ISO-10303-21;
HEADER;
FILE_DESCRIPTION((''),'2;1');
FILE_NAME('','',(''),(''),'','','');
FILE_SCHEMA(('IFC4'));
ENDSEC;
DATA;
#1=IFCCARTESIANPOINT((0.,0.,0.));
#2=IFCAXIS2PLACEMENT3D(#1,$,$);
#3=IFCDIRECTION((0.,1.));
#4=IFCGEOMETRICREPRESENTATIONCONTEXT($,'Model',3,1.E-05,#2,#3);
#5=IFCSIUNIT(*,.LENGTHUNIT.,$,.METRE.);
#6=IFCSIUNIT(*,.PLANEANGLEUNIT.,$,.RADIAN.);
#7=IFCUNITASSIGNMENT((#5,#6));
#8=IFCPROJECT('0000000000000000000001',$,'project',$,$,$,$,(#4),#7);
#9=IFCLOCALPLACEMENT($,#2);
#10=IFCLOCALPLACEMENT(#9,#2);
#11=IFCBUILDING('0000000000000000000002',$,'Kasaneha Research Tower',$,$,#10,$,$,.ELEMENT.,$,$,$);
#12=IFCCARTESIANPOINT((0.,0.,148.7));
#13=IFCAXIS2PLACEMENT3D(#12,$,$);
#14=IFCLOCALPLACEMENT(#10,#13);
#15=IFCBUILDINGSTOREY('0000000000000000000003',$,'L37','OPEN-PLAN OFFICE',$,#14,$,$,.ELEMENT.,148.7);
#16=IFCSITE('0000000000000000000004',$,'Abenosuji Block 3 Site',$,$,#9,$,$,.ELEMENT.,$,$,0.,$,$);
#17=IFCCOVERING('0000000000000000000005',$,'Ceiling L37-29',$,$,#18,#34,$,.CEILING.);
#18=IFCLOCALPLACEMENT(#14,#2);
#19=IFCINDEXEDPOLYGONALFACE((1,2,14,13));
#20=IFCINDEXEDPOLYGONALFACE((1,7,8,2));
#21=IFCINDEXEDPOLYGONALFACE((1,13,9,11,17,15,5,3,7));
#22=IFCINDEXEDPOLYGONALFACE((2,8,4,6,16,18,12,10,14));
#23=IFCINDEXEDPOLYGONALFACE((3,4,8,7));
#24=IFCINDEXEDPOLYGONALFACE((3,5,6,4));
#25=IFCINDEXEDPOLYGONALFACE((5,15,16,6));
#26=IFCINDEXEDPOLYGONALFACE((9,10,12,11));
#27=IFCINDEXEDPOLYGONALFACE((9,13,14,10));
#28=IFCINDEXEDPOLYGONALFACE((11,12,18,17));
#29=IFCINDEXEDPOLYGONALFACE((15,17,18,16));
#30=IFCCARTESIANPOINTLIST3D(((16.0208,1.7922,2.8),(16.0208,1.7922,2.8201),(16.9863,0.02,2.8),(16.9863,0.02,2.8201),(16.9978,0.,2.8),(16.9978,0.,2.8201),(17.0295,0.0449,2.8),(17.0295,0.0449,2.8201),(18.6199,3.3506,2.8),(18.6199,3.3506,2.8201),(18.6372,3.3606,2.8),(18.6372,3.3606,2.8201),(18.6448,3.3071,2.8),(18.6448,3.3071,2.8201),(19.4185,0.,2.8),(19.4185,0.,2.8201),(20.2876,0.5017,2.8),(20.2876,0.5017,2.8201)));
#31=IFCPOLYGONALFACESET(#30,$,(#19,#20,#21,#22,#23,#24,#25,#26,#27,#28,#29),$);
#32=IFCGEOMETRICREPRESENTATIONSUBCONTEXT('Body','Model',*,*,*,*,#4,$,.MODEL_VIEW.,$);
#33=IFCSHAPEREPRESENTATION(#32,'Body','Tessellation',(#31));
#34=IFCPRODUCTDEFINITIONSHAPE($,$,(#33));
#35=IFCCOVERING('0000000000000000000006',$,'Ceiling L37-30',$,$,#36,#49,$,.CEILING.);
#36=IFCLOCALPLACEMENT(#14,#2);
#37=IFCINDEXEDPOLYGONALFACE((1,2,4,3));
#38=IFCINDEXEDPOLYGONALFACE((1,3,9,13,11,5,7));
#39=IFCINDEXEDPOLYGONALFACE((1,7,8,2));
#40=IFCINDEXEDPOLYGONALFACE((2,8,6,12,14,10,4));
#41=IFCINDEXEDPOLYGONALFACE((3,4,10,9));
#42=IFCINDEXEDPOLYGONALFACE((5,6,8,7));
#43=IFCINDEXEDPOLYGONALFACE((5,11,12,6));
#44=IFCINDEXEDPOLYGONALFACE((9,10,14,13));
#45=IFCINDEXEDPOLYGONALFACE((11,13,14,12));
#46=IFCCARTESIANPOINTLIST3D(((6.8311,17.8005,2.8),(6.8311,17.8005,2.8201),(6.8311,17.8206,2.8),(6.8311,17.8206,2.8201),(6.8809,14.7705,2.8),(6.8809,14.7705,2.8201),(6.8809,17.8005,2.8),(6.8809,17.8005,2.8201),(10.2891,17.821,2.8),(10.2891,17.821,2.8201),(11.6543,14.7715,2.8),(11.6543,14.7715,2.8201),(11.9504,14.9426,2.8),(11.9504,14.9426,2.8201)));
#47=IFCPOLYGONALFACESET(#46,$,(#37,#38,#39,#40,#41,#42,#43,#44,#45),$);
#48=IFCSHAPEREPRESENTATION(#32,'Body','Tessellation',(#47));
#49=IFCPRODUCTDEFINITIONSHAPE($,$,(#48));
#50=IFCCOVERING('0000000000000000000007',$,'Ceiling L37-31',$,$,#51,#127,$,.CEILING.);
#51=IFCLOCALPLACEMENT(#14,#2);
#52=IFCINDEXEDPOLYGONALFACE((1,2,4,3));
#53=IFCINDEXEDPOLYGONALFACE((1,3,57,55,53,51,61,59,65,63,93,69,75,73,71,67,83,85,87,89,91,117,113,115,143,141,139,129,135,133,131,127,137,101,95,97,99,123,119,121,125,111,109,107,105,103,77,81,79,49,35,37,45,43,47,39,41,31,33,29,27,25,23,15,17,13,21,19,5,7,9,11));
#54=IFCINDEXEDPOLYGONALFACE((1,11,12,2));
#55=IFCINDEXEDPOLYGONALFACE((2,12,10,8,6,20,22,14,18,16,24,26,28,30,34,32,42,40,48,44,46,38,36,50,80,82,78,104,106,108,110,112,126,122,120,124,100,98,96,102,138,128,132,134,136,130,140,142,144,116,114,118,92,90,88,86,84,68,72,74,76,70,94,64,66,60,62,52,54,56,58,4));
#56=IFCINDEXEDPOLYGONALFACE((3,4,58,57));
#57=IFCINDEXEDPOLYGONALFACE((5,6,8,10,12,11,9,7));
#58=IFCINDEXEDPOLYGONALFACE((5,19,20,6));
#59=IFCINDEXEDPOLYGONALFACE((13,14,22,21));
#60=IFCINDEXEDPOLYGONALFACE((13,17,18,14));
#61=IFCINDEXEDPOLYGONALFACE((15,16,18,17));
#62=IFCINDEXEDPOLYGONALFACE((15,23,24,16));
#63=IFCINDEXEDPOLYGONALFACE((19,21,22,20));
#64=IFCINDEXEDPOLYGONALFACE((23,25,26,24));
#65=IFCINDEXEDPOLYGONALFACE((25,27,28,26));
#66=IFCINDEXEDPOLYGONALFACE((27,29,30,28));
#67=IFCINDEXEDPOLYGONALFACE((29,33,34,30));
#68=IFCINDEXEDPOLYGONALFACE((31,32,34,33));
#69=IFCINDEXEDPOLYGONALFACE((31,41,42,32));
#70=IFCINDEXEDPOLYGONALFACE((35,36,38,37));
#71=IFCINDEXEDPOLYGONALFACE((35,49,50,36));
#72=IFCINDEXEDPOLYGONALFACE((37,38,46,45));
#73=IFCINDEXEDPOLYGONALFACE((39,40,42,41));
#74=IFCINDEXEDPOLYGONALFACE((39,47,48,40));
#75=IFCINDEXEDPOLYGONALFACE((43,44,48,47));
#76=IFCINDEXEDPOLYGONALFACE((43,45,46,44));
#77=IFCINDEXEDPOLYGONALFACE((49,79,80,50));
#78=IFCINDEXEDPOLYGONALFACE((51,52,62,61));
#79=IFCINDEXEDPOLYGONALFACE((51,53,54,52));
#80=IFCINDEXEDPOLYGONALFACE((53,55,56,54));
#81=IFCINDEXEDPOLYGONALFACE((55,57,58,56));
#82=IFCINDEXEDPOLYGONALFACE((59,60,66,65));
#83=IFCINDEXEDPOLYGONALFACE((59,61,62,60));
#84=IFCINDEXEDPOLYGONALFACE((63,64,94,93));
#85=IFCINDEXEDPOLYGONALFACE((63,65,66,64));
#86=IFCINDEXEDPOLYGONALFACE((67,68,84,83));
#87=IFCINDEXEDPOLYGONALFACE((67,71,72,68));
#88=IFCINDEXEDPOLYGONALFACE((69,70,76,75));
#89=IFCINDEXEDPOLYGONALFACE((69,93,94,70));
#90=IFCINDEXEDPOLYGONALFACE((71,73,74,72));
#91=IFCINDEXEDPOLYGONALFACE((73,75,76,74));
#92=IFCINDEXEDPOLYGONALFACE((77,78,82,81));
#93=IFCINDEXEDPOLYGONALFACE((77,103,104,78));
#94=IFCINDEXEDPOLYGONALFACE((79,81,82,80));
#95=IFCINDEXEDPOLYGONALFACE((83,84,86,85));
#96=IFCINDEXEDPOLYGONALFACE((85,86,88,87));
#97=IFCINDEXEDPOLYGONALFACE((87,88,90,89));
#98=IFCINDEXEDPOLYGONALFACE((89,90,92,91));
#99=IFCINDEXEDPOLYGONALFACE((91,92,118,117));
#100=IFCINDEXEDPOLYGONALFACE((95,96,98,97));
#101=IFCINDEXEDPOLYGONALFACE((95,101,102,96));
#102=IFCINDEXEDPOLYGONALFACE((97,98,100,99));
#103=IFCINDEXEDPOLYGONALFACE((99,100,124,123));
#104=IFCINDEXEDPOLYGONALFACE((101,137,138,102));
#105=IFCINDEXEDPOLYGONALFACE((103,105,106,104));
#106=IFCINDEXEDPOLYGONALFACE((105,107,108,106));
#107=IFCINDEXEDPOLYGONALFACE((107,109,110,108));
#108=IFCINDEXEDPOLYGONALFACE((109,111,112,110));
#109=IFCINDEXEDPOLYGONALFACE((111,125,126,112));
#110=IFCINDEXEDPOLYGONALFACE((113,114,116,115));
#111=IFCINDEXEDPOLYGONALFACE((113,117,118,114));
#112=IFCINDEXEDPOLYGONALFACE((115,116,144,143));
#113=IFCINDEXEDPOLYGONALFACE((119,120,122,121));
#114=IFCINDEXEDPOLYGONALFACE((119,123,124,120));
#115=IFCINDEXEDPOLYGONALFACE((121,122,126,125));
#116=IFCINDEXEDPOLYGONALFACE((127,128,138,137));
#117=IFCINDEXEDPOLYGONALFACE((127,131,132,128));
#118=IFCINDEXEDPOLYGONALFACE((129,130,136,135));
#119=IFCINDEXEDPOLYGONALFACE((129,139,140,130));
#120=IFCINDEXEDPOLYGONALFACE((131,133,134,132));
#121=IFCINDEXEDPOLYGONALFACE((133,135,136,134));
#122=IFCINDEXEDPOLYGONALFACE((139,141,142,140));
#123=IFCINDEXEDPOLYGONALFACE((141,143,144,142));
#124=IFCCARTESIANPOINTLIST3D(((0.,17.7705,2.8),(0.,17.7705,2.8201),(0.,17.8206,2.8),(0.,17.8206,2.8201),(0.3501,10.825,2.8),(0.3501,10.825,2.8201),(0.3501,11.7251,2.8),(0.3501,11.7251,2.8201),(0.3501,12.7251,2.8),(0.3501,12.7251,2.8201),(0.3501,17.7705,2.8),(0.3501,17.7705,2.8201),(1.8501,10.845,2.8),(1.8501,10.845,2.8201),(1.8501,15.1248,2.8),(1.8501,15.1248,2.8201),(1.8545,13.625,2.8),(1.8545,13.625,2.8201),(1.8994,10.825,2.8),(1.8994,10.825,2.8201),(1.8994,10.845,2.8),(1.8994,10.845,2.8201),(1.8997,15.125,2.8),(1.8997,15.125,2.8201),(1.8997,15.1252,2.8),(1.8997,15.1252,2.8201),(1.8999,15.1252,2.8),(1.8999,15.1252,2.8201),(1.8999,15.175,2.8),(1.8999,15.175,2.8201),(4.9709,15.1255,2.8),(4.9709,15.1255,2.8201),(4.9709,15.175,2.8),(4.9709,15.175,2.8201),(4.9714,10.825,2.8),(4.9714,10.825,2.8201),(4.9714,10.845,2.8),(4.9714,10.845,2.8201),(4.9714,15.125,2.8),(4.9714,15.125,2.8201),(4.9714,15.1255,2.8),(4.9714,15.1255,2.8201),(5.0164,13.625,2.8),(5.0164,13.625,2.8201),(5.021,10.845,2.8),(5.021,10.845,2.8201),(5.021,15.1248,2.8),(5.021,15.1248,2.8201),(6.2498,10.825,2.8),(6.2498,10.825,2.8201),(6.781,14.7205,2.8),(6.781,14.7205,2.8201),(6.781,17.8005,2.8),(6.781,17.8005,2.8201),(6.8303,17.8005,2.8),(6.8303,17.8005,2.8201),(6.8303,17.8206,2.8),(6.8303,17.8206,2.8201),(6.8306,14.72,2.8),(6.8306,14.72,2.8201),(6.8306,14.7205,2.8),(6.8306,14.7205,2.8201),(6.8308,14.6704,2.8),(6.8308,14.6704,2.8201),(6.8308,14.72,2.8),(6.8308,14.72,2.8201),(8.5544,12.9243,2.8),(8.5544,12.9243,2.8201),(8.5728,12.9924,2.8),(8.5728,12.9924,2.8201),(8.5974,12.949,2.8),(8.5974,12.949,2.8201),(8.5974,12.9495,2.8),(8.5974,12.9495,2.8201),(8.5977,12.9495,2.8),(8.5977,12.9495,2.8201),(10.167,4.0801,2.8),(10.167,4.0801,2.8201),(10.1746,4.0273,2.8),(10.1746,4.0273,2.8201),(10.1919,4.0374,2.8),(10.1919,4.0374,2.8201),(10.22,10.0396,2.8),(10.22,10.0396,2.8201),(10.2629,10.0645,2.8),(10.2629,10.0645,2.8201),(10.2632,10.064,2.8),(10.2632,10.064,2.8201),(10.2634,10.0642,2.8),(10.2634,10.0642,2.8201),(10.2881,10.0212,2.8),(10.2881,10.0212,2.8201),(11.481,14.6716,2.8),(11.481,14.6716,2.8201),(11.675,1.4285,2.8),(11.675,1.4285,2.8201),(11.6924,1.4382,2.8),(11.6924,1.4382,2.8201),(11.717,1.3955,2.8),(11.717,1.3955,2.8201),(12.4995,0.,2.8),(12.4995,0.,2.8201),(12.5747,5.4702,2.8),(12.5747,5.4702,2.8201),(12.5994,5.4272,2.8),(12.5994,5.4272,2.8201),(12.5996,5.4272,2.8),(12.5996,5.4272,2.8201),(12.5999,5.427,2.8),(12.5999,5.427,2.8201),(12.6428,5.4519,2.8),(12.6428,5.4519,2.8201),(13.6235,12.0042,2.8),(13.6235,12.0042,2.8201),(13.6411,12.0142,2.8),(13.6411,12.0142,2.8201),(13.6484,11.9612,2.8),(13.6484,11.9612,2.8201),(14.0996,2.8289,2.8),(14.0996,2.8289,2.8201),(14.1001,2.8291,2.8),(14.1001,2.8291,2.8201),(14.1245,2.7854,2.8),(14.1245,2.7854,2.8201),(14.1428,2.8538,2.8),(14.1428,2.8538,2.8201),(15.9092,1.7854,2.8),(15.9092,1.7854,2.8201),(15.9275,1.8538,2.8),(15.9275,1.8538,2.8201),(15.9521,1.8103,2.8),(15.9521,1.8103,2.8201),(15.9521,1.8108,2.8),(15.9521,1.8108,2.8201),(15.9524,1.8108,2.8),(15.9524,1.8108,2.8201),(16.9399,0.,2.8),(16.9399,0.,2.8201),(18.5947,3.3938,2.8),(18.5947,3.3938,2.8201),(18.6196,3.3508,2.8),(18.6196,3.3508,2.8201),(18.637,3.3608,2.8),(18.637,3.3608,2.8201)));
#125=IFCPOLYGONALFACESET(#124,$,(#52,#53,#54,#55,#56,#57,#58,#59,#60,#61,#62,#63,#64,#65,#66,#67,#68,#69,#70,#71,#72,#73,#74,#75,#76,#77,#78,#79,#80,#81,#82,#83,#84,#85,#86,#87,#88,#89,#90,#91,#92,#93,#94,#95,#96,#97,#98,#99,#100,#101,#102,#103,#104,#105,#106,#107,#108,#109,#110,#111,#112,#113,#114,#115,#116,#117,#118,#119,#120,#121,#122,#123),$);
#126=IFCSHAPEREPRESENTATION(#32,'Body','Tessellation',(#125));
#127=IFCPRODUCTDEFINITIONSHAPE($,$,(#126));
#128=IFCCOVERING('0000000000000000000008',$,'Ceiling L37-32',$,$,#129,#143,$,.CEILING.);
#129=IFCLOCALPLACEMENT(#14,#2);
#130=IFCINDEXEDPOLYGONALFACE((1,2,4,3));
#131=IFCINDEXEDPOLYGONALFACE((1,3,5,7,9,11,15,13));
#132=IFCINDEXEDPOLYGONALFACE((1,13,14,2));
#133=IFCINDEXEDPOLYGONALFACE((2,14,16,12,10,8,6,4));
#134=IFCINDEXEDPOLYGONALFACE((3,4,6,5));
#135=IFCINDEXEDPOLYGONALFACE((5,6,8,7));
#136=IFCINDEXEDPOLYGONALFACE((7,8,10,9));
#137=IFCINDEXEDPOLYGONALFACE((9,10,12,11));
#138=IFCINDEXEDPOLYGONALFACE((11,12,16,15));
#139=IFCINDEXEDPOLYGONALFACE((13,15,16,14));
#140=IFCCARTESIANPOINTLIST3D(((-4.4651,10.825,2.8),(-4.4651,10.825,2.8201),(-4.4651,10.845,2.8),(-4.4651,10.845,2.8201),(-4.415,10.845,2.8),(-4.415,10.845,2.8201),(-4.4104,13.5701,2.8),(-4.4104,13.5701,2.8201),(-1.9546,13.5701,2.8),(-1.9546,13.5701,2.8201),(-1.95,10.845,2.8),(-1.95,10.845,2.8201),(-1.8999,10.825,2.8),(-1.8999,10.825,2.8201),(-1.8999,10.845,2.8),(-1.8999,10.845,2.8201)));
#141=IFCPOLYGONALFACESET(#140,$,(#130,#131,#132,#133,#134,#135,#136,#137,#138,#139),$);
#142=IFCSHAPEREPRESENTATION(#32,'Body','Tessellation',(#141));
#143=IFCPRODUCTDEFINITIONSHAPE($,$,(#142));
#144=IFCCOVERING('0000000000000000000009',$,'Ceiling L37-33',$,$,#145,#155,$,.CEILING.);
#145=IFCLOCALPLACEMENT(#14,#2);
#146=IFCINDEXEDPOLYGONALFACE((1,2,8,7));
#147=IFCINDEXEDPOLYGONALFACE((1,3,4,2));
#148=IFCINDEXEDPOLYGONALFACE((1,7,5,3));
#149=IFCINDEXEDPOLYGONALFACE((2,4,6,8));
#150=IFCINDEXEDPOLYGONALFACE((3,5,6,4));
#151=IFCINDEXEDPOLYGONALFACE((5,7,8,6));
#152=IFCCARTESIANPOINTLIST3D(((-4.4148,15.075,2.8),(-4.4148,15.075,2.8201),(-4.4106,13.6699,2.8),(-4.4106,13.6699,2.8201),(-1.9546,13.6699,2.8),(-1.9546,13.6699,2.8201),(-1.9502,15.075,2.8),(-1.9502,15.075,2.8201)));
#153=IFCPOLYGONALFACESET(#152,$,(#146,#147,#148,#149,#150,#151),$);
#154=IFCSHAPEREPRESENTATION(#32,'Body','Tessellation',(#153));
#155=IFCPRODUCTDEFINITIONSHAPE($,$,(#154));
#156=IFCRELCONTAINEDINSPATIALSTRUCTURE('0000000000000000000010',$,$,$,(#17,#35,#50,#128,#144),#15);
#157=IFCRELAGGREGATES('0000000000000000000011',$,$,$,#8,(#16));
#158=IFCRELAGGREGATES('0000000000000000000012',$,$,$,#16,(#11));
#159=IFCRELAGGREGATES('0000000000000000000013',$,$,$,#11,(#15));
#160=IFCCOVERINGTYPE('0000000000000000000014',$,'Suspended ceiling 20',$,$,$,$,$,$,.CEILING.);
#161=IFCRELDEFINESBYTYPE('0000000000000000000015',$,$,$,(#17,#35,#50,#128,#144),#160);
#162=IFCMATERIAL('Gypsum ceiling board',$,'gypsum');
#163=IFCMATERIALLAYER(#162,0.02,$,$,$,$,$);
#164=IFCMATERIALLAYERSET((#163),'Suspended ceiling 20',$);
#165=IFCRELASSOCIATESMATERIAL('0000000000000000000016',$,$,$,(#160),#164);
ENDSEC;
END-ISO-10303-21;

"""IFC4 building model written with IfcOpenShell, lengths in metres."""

from ifc_helpers import new_model, si_unit, direction, frame, origin, place, context, subcontext, project, spatial, polyline, outline, extrude, material, layer, layer_set, type_object, element, save


model = new_model("IFC4")

# Units and contexts
model_context = context("Model", 3, precision=1e-05, world=origin(), true_north=direction((0.0, 1.0)))
body_context = subcontext(model_context, "Body", "Model", "MODEL_VIEW")
ifc_project = project(units=[si_unit("LENGTHUNIT", "METRE"), si_unit("PLANEANGLEUNIT", "RADIAN")], contexts=[model_context])

# Site, building, storey
site_placement = place(None, origin())
site = spatial("IfcSite", under=ifc_project, at=site_placement, Name="Abenosuji Block 3 Site", CompositionType="ELEMENT", RefElevation=0.0)
building_placement = place(site_placement, origin())
building = spatial("IfcBuilding", under=site, at=building_placement, Name="Kasaneha Research Tower", CompositionType="ELEMENT")
storey_placement = place(building_placement, frame((0.0, 0.0, 148.7)))
storey = spatial("IfcBuildingStorey", under=building, at=storey_placement, Name="L37", Description="OPEN-PLAN OFFICE", CompositionType="ELEMENT", Elevation=148.7)

# Coverings
ifc_material_1 = material(Name="Gypsum ceiling board", Category="gypsum")
ifc_layer_1 = layer(ifc_material_1, 0.02)
ifc_layer_set_1 = layer_set([ifc_layer_1], Name="Suspended ceiling 20")
covering_type_1 = type_object("IfcCoveringType", Name="Suspended ceiling 20", PredefinedType="CEILING", material=ifc_layer_set_1)
covering_1_placement = place(storey_placement, frame((0.0, 0.0, 2.8)))
element("IfcCovering", 1, at=covering_1_placement, inside=storey, type_object=covering_type_1, Name="Ceiling L37-29", PredefinedType="CEILING", context=body_context, shape_type="SweptSolid", body=[
    extrude(outline(polyline([(19.4185, 0.0), (16.9978, 0.0), (16.9863, 0.02), (17.0295, 0.0449), (16.0208, 1.7922), (18.6448, 3.3071), (18.6199, 3.3506), (18.6372, 3.3606), (20.2876, 0.5017), (19.4185, 0.0)])), origin(), (0.0, 0.0, 1.0), 0.02),
])
covering_2_placement = place(storey_placement, frame((0.0, 0.0, 2.8)))
element("IfcCovering", 2, at=covering_2_placement, inside=storey, type_object=covering_type_1, Name="Ceiling L37-30", PredefinedType="CEILING", context=body_context, shape_type="SweptSolid", body=[
    extrude(outline(polyline([(11.9504, 14.9426), (11.6543, 14.7715), (6.8809, 14.7705), (6.8809, 17.8005), (6.8311, 17.8005), (6.8311, 17.8206), (10.2891, 17.821), (11.9504, 14.9426)])), origin(), (0.0, 0.0, 1.0), 0.02),
])
covering_3_placement = place(storey_placement, frame((0.0, 0.0, 2.8)))
element("IfcCovering", 3, at=covering_3_placement, inside=storey, type_object=covering_type_1, Name="Ceiling L37-31", PredefinedType="CEILING", context=body_context, shape_type="SweptSolid", body=[
    extrude(outline(polyline([(14.1001, 2.8291), (14.1428, 2.8538), (12.6428, 5.4519), (12.5999, 5.427), (12.5996, 5.4272), (12.5994, 5.4272), (12.5747, 5.4702), (10.167, 4.0801), (10.1919, 4.0374), (10.1746, 4.0273), (6.2498, 10.825), (4.9714, 10.825), (4.9714, 10.845), (5.021, 10.845), (5.0164, 13.625), (5.021, 15.1248), (4.9714, 15.125), (4.9714, 15.1255), (4.9709, 15.1255), (4.9709, 15.175), (1.8999, 15.175), (1.8999, 15.1252), (1.8997, 15.1252), (1.8997, 15.125), (1.8501, 15.1248), (1.8545, 13.625), (1.8501, 10.845), (1.8994, 10.845), (1.8994, 10.825), (0.3501, 10.825), (0.3501, 11.7251), (0.3501, 12.7251), (0.3501, 17.7705), (0.3501, 17.7705), (0.0, 17.7705), (0.0, 17.8206), (6.8303, 17.8206), (6.8303, 17.8005), (6.781, 17.8005), (6.781, 14.7205), (6.8306, 14.7205), (6.8306, 14.72), (6.8308, 14.72), (6.8308, 14.6704), (11.481, 14.6716), (8.5728, 12.9924), (8.5977, 12.9495), (8.5974, 12.9495), (8.5974, 12.949), (8.5544, 12.9243), (10.22, 10.0396), (10.2629, 10.0645), (10.2632, 10.064), (10.2634, 10.0642), (10.2881, 10.0212), (13.6484, 11.9612), (13.6235, 12.0042), (13.6411, 12.0142), (18.637, 3.3608), (18.6196, 3.3508), (18.5947, 3.3938), (15.9275, 1.8538), (15.9524, 1.8108), (15.9521, 1.8108), (15.9521, 1.8103), (15.9092, 1.7854), (16.9399, 0.0), (12.4995, 0.0), (11.675, 1.4285), (11.6924, 1.4382), (11.717, 1.3955), (14.1245, 2.7854), (14.0996, 2.8289), (14.1001, 2.8291), (14.1001, 2.8291)])), origin(), (0.0, 0.0, 1.0), 0.02),
])
covering_4_placement = place(storey_placement, frame((0.0, 0.0, 2.8)))
element("IfcCovering", 4, at=covering_4_placement, inside=storey, type_object=covering_type_1, Name="Ceiling L37-32", PredefinedType="CEILING", context=body_context, shape_type="SweptSolid", body=[
    extrude(outline(polyline([(-4.4651, 10.825), (-4.4651, 10.845), (-4.415, 10.845), (-4.4104, 13.5701), (-1.9546, 13.5701), (-1.95, 10.845), (-1.8999, 10.845), (-1.8999, 10.825), (-4.4651, 10.825)])), origin(), (0.0, 0.0, 1.0), 0.02),
])
covering_5_placement = place(storey_placement, frame((0.0, 0.0, 2.8)))
element("IfcCovering", 5, at=covering_5_placement, inside=storey, type_object=covering_type_1, Name="Ceiling L37-33", PredefinedType="CEILING", context=body_context, shape_type="SweptSolid", body=[
    extrude(outline(polyline([(-1.9502, 15.075), (-1.9546, 13.6699), (-4.4106, 13.6699), (-4.4148, 15.075), (-1.9502, 15.075)])), origin(), (0.0, 0.0, 1.0), 0.02),
])

save(model, "model.ifc")
